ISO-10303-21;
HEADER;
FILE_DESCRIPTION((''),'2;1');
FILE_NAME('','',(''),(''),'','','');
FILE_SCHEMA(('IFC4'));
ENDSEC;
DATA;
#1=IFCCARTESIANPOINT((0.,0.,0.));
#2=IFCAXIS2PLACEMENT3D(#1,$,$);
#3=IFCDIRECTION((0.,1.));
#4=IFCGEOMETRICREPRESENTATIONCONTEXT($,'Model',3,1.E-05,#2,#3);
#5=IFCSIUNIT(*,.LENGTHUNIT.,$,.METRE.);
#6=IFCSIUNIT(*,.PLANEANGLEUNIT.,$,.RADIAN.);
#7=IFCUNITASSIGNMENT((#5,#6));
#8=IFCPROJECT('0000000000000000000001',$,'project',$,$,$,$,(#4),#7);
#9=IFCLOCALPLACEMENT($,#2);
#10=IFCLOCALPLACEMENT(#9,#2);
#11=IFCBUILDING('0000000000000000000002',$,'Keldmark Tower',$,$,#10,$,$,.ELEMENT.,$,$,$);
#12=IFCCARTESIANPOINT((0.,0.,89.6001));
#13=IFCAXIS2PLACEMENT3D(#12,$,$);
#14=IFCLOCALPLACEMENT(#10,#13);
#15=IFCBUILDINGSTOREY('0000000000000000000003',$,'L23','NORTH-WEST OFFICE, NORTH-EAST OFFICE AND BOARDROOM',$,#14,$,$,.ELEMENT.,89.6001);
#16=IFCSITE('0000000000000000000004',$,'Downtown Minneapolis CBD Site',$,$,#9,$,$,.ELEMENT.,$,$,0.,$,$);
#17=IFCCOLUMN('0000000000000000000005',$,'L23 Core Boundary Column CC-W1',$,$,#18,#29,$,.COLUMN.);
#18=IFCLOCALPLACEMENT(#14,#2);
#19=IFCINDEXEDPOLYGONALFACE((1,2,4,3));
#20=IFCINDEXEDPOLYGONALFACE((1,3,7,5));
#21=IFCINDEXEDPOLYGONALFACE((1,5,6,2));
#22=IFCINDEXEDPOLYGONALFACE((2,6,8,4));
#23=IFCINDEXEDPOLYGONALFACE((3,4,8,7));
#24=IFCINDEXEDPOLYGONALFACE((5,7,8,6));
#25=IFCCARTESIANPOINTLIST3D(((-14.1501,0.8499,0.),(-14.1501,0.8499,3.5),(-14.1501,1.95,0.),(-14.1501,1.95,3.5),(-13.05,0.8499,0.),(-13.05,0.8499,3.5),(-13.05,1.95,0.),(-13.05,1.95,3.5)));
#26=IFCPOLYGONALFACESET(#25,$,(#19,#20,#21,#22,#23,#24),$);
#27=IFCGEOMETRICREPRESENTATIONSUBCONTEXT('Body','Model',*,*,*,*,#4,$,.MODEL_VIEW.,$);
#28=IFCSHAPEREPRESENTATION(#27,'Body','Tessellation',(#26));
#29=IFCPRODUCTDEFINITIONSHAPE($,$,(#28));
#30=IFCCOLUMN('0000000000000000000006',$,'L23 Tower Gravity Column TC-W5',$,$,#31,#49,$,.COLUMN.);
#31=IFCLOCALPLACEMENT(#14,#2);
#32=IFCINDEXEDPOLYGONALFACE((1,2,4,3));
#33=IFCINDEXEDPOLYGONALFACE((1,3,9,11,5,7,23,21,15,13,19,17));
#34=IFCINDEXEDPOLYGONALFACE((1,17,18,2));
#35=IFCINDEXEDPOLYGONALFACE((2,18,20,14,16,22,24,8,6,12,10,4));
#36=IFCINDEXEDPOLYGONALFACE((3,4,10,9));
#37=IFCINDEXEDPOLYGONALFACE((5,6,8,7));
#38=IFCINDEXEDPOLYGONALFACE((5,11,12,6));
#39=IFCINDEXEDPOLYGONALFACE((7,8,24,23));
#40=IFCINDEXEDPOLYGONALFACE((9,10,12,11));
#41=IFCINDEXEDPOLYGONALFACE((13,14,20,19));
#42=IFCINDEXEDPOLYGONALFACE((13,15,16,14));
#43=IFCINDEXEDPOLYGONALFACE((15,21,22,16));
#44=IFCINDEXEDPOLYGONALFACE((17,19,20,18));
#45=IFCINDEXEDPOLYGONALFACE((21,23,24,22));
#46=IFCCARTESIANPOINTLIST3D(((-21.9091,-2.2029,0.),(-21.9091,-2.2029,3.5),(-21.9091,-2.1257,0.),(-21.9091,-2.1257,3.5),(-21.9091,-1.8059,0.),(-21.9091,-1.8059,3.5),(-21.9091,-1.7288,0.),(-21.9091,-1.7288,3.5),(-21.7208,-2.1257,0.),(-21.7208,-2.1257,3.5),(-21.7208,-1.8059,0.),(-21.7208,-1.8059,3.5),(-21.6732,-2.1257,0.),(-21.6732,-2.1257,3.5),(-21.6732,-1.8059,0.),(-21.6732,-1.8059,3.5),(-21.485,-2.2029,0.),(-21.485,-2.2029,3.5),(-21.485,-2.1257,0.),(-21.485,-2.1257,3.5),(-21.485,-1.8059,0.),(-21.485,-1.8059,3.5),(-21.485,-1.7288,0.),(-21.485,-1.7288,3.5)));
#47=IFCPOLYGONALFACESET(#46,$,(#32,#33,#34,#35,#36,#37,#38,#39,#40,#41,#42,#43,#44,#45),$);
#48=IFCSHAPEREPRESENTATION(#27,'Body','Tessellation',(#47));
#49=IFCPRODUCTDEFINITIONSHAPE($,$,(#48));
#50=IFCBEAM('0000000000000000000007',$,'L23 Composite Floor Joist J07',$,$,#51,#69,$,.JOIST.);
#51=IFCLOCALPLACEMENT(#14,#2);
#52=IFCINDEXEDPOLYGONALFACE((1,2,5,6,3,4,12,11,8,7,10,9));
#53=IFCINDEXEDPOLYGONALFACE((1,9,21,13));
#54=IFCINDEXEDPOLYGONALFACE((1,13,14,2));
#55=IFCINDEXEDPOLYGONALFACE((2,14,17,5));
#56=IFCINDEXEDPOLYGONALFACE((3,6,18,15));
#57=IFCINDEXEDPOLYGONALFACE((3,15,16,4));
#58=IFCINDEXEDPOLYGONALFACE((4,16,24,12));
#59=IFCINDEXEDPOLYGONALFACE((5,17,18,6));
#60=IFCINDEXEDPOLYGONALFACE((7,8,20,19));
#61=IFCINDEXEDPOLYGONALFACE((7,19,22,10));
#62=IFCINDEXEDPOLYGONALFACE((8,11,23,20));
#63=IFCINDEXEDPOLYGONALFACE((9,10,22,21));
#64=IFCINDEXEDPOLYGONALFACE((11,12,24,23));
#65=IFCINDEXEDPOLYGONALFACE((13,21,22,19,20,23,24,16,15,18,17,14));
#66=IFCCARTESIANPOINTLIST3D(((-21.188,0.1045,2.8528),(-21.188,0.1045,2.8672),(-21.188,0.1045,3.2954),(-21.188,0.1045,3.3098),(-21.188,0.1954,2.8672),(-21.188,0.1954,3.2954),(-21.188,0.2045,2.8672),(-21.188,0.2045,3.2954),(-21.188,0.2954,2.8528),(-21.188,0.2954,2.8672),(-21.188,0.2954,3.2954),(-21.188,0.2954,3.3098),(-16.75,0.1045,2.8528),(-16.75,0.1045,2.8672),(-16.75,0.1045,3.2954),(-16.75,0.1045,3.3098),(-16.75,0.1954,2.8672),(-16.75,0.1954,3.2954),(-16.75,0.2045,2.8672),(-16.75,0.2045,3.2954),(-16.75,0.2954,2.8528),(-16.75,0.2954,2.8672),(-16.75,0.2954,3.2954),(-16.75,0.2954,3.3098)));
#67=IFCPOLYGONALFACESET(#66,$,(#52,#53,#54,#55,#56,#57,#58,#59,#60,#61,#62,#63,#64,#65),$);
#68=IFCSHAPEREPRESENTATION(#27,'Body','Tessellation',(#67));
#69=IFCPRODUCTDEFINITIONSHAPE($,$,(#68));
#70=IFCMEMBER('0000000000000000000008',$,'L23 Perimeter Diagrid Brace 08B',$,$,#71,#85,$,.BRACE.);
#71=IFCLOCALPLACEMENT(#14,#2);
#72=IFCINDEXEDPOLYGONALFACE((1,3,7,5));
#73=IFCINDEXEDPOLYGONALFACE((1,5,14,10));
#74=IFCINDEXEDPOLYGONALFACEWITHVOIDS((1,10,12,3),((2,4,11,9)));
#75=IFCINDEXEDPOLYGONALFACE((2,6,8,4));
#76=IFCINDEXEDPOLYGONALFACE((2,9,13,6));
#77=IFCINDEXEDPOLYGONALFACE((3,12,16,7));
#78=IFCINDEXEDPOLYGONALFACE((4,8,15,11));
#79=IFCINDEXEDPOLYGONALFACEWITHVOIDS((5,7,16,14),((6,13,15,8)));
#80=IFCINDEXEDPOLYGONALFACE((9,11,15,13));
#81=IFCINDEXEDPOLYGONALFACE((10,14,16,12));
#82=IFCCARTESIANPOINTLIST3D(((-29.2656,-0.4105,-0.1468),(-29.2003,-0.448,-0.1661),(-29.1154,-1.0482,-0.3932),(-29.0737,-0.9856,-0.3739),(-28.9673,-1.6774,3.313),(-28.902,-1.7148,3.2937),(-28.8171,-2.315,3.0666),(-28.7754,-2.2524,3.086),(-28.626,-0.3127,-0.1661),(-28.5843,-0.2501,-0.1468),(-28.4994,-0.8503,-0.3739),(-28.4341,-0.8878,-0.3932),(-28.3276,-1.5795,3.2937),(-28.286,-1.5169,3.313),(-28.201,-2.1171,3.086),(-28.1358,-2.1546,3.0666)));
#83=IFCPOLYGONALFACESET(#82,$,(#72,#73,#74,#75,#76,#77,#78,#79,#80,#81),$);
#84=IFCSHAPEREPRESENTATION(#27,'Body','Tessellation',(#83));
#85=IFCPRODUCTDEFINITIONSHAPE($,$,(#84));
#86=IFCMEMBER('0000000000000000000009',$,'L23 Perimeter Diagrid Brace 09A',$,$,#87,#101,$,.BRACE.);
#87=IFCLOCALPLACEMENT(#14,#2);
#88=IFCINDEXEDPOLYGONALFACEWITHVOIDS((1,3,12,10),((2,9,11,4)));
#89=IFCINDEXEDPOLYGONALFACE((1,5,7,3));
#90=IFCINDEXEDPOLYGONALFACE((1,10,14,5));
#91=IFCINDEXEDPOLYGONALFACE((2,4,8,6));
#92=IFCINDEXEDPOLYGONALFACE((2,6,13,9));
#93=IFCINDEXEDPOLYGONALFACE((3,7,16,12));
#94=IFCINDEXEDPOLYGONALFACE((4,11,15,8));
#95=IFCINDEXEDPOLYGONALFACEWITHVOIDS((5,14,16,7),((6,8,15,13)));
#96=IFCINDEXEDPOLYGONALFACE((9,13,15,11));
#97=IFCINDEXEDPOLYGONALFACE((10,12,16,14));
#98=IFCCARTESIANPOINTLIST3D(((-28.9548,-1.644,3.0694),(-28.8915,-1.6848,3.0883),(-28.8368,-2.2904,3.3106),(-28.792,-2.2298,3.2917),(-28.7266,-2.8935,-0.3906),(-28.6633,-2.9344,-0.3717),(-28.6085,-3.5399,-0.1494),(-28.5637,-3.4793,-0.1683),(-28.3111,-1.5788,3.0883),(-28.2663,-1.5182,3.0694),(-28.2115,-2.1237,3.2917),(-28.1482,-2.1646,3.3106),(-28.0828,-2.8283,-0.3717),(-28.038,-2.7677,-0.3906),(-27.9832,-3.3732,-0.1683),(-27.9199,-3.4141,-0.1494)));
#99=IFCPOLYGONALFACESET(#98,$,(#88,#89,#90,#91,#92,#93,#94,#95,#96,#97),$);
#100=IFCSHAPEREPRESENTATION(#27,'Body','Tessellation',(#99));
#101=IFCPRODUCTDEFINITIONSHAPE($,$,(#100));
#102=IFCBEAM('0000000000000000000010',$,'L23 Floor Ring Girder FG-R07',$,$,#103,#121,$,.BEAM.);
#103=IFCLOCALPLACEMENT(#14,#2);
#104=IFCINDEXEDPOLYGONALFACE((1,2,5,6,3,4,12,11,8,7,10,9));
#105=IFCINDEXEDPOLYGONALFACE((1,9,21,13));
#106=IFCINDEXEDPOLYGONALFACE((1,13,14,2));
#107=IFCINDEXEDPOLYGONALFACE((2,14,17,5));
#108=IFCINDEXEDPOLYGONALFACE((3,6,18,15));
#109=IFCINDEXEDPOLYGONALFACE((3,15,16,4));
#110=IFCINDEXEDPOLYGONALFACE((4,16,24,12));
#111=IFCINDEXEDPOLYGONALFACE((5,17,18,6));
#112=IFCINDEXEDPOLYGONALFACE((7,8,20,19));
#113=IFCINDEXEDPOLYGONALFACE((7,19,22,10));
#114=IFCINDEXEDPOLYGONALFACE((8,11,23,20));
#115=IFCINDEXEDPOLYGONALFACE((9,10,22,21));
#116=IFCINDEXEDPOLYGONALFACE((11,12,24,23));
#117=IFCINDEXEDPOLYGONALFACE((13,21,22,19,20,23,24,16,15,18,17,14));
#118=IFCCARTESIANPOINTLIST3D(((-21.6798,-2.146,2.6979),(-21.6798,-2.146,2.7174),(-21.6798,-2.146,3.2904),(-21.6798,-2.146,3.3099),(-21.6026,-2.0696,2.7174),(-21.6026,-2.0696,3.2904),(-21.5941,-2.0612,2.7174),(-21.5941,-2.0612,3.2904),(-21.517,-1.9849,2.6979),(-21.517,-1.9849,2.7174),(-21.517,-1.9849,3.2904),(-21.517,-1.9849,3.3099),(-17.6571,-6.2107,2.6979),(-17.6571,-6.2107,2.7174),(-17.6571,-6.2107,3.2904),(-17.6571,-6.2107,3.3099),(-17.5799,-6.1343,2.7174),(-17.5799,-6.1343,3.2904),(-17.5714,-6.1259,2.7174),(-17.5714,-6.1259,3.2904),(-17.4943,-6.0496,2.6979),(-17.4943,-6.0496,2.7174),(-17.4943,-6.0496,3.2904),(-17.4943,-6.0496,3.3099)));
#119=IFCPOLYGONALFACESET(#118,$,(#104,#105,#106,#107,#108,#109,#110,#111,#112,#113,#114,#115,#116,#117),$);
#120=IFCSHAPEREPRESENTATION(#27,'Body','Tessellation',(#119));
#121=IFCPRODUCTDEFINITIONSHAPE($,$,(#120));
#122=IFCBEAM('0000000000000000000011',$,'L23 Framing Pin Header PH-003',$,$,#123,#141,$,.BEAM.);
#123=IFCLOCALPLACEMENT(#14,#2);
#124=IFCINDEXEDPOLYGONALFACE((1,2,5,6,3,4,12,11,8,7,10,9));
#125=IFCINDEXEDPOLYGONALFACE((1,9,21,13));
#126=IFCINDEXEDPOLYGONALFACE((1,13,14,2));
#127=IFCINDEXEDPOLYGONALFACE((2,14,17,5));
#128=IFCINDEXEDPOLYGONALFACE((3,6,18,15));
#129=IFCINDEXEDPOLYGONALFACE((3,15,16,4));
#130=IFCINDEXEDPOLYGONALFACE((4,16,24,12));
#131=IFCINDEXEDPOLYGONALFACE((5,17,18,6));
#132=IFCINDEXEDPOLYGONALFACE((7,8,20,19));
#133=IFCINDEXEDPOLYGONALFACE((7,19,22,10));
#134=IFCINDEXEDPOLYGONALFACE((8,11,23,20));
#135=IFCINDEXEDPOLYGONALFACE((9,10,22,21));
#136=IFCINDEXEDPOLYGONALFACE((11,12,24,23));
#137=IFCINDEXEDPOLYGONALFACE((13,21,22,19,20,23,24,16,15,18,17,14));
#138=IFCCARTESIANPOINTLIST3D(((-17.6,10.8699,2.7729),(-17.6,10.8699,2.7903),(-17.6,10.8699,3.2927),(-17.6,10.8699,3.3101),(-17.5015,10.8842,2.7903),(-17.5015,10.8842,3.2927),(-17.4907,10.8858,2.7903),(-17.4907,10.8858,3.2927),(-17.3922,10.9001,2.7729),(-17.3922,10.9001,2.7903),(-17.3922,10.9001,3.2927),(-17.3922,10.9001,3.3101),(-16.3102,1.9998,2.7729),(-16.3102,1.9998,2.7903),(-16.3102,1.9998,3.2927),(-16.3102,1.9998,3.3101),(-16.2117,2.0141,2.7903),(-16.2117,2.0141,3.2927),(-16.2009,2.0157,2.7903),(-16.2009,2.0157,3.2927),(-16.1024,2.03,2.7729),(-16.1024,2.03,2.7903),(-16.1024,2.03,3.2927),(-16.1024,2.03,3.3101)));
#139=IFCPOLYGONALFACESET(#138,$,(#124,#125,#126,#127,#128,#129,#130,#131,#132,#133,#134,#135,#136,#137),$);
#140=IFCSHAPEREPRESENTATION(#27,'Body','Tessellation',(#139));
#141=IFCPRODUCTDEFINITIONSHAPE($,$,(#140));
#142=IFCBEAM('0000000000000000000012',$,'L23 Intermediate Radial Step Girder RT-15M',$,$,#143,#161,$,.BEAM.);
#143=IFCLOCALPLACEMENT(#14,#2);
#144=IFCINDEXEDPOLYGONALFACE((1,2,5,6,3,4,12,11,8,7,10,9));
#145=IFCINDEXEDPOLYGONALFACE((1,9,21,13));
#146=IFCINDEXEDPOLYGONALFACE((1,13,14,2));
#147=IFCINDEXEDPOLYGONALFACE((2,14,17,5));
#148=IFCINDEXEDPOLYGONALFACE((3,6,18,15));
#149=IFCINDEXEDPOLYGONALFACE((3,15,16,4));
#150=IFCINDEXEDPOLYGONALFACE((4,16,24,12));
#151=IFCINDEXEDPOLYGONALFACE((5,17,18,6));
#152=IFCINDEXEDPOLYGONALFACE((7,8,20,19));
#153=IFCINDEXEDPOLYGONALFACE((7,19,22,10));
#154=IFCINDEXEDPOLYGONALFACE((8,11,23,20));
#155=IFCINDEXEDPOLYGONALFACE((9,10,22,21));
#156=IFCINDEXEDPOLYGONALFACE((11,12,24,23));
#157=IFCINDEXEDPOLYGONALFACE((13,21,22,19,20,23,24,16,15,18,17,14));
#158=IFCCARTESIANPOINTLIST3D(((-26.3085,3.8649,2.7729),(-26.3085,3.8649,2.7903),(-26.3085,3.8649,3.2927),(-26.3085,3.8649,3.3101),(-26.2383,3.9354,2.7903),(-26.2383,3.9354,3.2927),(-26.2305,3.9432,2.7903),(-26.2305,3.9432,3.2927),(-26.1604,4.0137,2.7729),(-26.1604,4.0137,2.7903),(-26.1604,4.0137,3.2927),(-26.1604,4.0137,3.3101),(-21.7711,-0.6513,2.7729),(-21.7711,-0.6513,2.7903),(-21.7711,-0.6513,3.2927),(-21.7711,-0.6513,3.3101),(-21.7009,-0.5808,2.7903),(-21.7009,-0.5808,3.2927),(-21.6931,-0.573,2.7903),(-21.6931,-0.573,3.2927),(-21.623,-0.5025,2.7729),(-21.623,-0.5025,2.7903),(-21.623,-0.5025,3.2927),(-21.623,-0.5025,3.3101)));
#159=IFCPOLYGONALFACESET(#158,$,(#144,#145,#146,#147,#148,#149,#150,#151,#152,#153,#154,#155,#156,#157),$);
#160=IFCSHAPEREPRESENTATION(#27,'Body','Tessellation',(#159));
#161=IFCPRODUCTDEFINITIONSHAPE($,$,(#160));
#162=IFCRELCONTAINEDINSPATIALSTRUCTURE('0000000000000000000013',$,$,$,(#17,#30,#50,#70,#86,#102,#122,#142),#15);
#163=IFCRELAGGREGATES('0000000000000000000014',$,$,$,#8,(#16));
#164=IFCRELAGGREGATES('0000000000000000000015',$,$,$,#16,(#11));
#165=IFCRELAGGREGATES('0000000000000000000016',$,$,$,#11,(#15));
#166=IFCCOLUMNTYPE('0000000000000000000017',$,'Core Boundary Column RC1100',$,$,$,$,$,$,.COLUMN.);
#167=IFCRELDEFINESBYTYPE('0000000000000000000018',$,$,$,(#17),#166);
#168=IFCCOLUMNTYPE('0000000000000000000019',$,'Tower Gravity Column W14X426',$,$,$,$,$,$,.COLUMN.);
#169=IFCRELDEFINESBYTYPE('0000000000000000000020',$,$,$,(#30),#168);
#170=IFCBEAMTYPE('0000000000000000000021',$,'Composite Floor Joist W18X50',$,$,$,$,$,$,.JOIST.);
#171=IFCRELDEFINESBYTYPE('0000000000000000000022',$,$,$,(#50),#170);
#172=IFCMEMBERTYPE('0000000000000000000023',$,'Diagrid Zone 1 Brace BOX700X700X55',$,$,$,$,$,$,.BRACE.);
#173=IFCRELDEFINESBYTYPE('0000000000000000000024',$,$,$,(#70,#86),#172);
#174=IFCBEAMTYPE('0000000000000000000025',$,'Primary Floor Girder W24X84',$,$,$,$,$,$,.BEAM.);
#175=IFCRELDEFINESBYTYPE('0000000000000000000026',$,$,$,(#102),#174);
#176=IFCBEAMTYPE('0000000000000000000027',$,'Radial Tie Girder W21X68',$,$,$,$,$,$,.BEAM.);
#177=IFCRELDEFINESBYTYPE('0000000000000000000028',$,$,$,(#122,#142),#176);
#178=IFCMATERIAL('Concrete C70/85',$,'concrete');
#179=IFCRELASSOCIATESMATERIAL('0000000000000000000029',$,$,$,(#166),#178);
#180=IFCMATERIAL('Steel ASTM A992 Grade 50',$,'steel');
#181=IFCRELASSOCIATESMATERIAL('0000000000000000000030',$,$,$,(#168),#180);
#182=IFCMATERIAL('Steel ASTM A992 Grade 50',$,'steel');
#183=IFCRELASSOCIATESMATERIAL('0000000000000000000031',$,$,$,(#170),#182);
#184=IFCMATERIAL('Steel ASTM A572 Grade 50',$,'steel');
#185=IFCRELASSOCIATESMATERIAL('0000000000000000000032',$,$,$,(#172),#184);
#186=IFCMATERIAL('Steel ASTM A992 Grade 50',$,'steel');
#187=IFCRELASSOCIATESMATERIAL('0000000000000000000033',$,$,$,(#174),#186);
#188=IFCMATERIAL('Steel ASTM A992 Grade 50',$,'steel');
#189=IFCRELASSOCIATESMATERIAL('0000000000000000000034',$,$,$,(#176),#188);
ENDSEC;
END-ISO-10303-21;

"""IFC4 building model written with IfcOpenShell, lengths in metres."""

from ifc_helpers import new_model, si_unit, direction, frame, origin, origin_2d, place, context, subcontext, project, spatial, rectangle, hollow_rectangle, i_section, extrude, material, material_profile, profile_set, type_object, element, save


model = new_model("IFC4")

# Units and contexts
model_context = context("Model", 3, precision=1e-05, world=origin(), true_north=direction((0.0, 1.0)))
body_context = subcontext(model_context, "Body", "Model", "MODEL_VIEW")
ifc_project = project(units=[si_unit("LENGTHUNIT", "METRE"), si_unit("PLANEANGLEUNIT", "RADIAN")], contexts=[model_context])

# Site, building, storey
site_placement = place(None, origin())
site = spatial("IfcSite", under=ifc_project, at=site_placement, Name="Downtown Minneapolis CBD Site", CompositionType="ELEMENT", RefElevation=0.0)
building_placement = place(site_placement, origin())
building = spatial("IfcBuilding", under=site, at=building_placement, Name="Keldmark Tower", CompositionType="ELEMENT")
storey_placement = place(building_placement, frame((0.0, 0.0, 89.6001)))
storey = spatial("IfcBuildingStorey", under=building, at=storey_placement, Name="L23", Description="NORTH-WEST OFFICE, NORTH-EAST OFFICE AND BOARDROOM", CompositionType="ELEMENT", Elevation=89.6001)

# Columns
ifc_material_1 = material(Name="Concrete C70/85", Category="concrete")
ifc_material_profile_1 = material_profile(ifc_material_1, rectangle(XDim=1.1001, YDim=1.1001, at=origin_2d()), Name="RC1100X1100")
ifc_profile_set_1 = profile_set([ifc_material_profile_1], Name="Concrete C70/85")
column_type_1 = type_object("IfcColumnType", Name="Core Boundary Column RC1100", PredefinedType="COLUMN", material=ifc_profile_set_1)
column_1_placement = place(storey_placement, frame((-13.6001, 1.3999, 0.0), z_axis=(0.0, 0.0, 1.0), x_axis=(1.0, 0.0, 0.0)))
element("IfcColumn", 1, at=column_1_placement, inside=storey, type_object=column_type_1, Name="L23 Core Boundary Column CC-W1", PredefinedType="COLUMN", context=body_context, shape_type="SweptSolid", body=[
    extrude(rectangle(XDim=1.1001, YDim=1.1001, at=origin_2d()), origin(), (0.0, 0.0, 1.0), 3.5),
])
ifc_material_2 = material(Name="Steel ASTM A992 Grade 50", Category="steel")
ifc_material_profile_2 = material_profile(ifc_material_2, i_section(OverallWidth=0.4241, OverallDepth=0.4741, WebThickness=0.0476, FlangeThickness=0.0771, at=origin_2d()), Name="W14X426")
ifc_profile_set_2 = profile_set([ifc_material_profile_2], Name="Steel ASTM A992 Grade 50")
column_type_2 = type_object("IfcColumnType", Name="Tower Gravity Column W14X426", PredefinedType="COLUMN", material=ifc_profile_set_2)
column_2_placement = place(storey_placement, frame((-21.697, -1.9658, 0.0), z_axis=(0.0, 0.0, 1.0), x_axis=(1.0, 0.0, 0.0)))
element("IfcColumn", 2, at=column_2_placement, inside=storey, type_object=column_type_2, Name="L23 Tower Gravity Column TC-W5", PredefinedType="COLUMN", context=body_context, shape_type="SweptSolid", body=[
    extrude(i_section(OverallWidth=0.4241, OverallDepth=0.4741, WebThickness=0.0476, FlangeThickness=0.0771, at=origin_2d()), origin(), (0.0, 0.0, 1.0), 3.5),
])

# Beam
ifc_material_3 = material(Name="Steel ASTM A992 Grade 50", Category="steel")
ifc_material_profile_3 = material_profile(ifc_material_3, i_section(OverallWidth=0.1909, OverallDepth=0.457, WebThickness=0.009, FlangeThickness=0.0144, at=origin_2d()), Name="W18X50")
ifc_profile_set_3 = profile_set([ifc_material_profile_3], Name="Steel ASTM A992 Grade 50")
beam_type_1 = type_object("IfcBeamType", Name="Composite Floor Joist W18X50", PredefinedType="JOIST", material=ifc_profile_set_3)
beam_1_placement = place(storey_placement, frame((-21.188, 0.2, 3.0813), z_axis=(1.0, 0.0, 0.0), x_axis=(0.0, 1.0, 0.0)))
element("IfcBeam", 3, at=beam_1_placement, inside=storey, type_object=beam_type_1, Name="L23 Composite Floor Joist J07", PredefinedType="JOIST", context=body_context, shape_type="SweptSolid", body=[
    extrude(i_section(OverallWidth=0.1909, OverallDepth=0.457, WebThickness=0.009, FlangeThickness=0.0144, at=origin_2d()), origin(), (0.0, 0.0, 1.0), 4.438),
])

# Members
ifc_material_4 = material(Name="Steel ASTM A572 Grade 50", Category="steel")
ifc_material_profile_4 = material_profile(ifc_material_4, hollow_rectangle(XDim=0.7, YDim=0.7, WallThickness=0.0549, at=origin_2d()), Name="BOX700X700X55")
ifc_profile_set_4 = profile_set([ifc_material_profile_4], Name="Steel ASTM A572 Grade 50")
member_type = type_object("IfcMemberType", Name="Diagrid Zone 1 Brace BOX700X700X55", PredefinedType="BRACE", material=ifc_profile_set_4)
member_1_placement = place(storey_placement, frame((-28.8499, -0.6492, -0.27), z_axis=(0.080705, -0.342701, 0.935972), x_axis=(0.973373, 0.229228, 0.0)))
element("IfcMember", 4, at=member_1_placement, inside=storey, type_object=member_type, Name="L23 Perimeter Diagrid Brace 08B", PredefinedType="BRACE", context=body_context, shape_type="SweptSolid", body=[
    extrude(hollow_rectangle(XDim=0.7, YDim=0.7, WallThickness=0.0549, at=origin_2d()), origin(), (0.0, 0.0, 1.0), 3.6965),
])
member_2_placement = place(storey_placement, frame((-28.3232, -3.1538, -0.27), z_axis=(-0.061934, 0.339012, 0.938741), x_axis=(-0.983719, -0.179714, 0.0)))
element("IfcMember", 5, at=member_2_placement, inside=storey, type_object=member_type, Name="L23 Perimeter Diagrid Brace 09A", PredefinedType="BRACE", context=body_context, shape_type="SweptSolid", body=[
    extrude(hollow_rectangle(XDim=0.7, YDim=0.7, WallThickness=0.0549, at=origin_2d()), origin(), (0.0, 0.0, 1.0), 3.6858),
])

# Beams
ifc_material_5 = material(Name="Steel ASTM A992 Grade 50", Category="steel")
ifc_material_profile_5 = material_profile(ifc_material_5, i_section(OverallWidth=0.229, OverallDepth=0.6121, WebThickness=0.012, FlangeThickness=0.0195, at=origin_2d()), Name="W24X84")
ifc_profile_set_5 = profile_set([ifc_material_profile_5], Name="Steel ASTM A992 Grade 50")
beam_type_2 = type_object("IfcBeamType", Name="Primary Floor Girder W24X84", PredefinedType="BEAM", material=ifc_profile_set_5)
beam_2_placement = place(storey_placement, frame((-21.5984, -2.0654, 3.0039), z_axis=(0.703426, -0.710769, 0.0), x_axis=(0.710769, 0.703426, 0.0)))
element("IfcBeam", 6, at=beam_2_placement, inside=storey, type_object=beam_type_2, Name="L23 Floor Ring Girder FG-R07", PredefinedType="BEAM", context=body_context, shape_type="SweptSolid", body=[
    extrude(i_section(OverallWidth=0.229, OverallDepth=0.6121, WebThickness=0.012, FlangeThickness=0.0195, at=origin_2d()), origin(), (0.0, 0.0, 1.0), 5.7188),
])
ifc_material_6 = material(Name="Steel ASTM A992 Grade 50", Category="steel")
ifc_material_profile_6 = material_profile(ifc_material_6, i_section(OverallWidth=0.21, OverallDepth=0.5371, WebThickness=0.011, FlangeThickness=0.0173, at=origin_2d()), Name="W21X68")
ifc_profile_set_6 = profile_set([ifc_material_profile_6], Name="Steel ASTM A992 Grade 50")
beam_type_3 = type_object("IfcBeamType", Name="Radial Tie Girder W21X68", PredefinedType="BEAM", material=ifc_profile_set_6)
beam_3_placement = place(storey_placement, frame((-16.2063, 2.0149, 3.0415), z_axis=(-0.143896, 0.989593, 0.0), x_axis=(-0.989593, -0.143896, 0.0)))
element("IfcBeam", 7, at=beam_3_placement, inside=storey, type_object=beam_type_3, Name="L23 Framing Pin Header PH-003", PredefinedType="BEAM", context=body_context, shape_type="SweptSolid", body=[
    extrude(i_section(OverallWidth=0.21, OverallDepth=0.5371, WebThickness=0.011, FlangeThickness=0.0173, at=origin_2d()), origin(), (0.0, 0.0, 1.0), 8.9634),
])
beam_4_placement = place(storey_placement, frame((-21.697, -0.5769, 3.0415), z_axis=(-0.708764, 0.705446, 0.0), x_axis=(-0.705446, -0.708764, 0.0)))
element("IfcBeam", 8, at=beam_4_placement, inside=storey, type_object=beam_type_3, Name="L23 Intermediate Radial Step Girder RT-15M", PredefinedType="BEAM", context=body_context, shape_type="SweptSolid", body=[
    extrude(i_section(OverallWidth=0.21, OverallDepth=0.5371, WebThickness=0.011, FlangeThickness=0.0173, at=origin_2d()), origin(), (0.0, 0.0, 1.0), 6.4019),
])

save(model, "model.ifc")
